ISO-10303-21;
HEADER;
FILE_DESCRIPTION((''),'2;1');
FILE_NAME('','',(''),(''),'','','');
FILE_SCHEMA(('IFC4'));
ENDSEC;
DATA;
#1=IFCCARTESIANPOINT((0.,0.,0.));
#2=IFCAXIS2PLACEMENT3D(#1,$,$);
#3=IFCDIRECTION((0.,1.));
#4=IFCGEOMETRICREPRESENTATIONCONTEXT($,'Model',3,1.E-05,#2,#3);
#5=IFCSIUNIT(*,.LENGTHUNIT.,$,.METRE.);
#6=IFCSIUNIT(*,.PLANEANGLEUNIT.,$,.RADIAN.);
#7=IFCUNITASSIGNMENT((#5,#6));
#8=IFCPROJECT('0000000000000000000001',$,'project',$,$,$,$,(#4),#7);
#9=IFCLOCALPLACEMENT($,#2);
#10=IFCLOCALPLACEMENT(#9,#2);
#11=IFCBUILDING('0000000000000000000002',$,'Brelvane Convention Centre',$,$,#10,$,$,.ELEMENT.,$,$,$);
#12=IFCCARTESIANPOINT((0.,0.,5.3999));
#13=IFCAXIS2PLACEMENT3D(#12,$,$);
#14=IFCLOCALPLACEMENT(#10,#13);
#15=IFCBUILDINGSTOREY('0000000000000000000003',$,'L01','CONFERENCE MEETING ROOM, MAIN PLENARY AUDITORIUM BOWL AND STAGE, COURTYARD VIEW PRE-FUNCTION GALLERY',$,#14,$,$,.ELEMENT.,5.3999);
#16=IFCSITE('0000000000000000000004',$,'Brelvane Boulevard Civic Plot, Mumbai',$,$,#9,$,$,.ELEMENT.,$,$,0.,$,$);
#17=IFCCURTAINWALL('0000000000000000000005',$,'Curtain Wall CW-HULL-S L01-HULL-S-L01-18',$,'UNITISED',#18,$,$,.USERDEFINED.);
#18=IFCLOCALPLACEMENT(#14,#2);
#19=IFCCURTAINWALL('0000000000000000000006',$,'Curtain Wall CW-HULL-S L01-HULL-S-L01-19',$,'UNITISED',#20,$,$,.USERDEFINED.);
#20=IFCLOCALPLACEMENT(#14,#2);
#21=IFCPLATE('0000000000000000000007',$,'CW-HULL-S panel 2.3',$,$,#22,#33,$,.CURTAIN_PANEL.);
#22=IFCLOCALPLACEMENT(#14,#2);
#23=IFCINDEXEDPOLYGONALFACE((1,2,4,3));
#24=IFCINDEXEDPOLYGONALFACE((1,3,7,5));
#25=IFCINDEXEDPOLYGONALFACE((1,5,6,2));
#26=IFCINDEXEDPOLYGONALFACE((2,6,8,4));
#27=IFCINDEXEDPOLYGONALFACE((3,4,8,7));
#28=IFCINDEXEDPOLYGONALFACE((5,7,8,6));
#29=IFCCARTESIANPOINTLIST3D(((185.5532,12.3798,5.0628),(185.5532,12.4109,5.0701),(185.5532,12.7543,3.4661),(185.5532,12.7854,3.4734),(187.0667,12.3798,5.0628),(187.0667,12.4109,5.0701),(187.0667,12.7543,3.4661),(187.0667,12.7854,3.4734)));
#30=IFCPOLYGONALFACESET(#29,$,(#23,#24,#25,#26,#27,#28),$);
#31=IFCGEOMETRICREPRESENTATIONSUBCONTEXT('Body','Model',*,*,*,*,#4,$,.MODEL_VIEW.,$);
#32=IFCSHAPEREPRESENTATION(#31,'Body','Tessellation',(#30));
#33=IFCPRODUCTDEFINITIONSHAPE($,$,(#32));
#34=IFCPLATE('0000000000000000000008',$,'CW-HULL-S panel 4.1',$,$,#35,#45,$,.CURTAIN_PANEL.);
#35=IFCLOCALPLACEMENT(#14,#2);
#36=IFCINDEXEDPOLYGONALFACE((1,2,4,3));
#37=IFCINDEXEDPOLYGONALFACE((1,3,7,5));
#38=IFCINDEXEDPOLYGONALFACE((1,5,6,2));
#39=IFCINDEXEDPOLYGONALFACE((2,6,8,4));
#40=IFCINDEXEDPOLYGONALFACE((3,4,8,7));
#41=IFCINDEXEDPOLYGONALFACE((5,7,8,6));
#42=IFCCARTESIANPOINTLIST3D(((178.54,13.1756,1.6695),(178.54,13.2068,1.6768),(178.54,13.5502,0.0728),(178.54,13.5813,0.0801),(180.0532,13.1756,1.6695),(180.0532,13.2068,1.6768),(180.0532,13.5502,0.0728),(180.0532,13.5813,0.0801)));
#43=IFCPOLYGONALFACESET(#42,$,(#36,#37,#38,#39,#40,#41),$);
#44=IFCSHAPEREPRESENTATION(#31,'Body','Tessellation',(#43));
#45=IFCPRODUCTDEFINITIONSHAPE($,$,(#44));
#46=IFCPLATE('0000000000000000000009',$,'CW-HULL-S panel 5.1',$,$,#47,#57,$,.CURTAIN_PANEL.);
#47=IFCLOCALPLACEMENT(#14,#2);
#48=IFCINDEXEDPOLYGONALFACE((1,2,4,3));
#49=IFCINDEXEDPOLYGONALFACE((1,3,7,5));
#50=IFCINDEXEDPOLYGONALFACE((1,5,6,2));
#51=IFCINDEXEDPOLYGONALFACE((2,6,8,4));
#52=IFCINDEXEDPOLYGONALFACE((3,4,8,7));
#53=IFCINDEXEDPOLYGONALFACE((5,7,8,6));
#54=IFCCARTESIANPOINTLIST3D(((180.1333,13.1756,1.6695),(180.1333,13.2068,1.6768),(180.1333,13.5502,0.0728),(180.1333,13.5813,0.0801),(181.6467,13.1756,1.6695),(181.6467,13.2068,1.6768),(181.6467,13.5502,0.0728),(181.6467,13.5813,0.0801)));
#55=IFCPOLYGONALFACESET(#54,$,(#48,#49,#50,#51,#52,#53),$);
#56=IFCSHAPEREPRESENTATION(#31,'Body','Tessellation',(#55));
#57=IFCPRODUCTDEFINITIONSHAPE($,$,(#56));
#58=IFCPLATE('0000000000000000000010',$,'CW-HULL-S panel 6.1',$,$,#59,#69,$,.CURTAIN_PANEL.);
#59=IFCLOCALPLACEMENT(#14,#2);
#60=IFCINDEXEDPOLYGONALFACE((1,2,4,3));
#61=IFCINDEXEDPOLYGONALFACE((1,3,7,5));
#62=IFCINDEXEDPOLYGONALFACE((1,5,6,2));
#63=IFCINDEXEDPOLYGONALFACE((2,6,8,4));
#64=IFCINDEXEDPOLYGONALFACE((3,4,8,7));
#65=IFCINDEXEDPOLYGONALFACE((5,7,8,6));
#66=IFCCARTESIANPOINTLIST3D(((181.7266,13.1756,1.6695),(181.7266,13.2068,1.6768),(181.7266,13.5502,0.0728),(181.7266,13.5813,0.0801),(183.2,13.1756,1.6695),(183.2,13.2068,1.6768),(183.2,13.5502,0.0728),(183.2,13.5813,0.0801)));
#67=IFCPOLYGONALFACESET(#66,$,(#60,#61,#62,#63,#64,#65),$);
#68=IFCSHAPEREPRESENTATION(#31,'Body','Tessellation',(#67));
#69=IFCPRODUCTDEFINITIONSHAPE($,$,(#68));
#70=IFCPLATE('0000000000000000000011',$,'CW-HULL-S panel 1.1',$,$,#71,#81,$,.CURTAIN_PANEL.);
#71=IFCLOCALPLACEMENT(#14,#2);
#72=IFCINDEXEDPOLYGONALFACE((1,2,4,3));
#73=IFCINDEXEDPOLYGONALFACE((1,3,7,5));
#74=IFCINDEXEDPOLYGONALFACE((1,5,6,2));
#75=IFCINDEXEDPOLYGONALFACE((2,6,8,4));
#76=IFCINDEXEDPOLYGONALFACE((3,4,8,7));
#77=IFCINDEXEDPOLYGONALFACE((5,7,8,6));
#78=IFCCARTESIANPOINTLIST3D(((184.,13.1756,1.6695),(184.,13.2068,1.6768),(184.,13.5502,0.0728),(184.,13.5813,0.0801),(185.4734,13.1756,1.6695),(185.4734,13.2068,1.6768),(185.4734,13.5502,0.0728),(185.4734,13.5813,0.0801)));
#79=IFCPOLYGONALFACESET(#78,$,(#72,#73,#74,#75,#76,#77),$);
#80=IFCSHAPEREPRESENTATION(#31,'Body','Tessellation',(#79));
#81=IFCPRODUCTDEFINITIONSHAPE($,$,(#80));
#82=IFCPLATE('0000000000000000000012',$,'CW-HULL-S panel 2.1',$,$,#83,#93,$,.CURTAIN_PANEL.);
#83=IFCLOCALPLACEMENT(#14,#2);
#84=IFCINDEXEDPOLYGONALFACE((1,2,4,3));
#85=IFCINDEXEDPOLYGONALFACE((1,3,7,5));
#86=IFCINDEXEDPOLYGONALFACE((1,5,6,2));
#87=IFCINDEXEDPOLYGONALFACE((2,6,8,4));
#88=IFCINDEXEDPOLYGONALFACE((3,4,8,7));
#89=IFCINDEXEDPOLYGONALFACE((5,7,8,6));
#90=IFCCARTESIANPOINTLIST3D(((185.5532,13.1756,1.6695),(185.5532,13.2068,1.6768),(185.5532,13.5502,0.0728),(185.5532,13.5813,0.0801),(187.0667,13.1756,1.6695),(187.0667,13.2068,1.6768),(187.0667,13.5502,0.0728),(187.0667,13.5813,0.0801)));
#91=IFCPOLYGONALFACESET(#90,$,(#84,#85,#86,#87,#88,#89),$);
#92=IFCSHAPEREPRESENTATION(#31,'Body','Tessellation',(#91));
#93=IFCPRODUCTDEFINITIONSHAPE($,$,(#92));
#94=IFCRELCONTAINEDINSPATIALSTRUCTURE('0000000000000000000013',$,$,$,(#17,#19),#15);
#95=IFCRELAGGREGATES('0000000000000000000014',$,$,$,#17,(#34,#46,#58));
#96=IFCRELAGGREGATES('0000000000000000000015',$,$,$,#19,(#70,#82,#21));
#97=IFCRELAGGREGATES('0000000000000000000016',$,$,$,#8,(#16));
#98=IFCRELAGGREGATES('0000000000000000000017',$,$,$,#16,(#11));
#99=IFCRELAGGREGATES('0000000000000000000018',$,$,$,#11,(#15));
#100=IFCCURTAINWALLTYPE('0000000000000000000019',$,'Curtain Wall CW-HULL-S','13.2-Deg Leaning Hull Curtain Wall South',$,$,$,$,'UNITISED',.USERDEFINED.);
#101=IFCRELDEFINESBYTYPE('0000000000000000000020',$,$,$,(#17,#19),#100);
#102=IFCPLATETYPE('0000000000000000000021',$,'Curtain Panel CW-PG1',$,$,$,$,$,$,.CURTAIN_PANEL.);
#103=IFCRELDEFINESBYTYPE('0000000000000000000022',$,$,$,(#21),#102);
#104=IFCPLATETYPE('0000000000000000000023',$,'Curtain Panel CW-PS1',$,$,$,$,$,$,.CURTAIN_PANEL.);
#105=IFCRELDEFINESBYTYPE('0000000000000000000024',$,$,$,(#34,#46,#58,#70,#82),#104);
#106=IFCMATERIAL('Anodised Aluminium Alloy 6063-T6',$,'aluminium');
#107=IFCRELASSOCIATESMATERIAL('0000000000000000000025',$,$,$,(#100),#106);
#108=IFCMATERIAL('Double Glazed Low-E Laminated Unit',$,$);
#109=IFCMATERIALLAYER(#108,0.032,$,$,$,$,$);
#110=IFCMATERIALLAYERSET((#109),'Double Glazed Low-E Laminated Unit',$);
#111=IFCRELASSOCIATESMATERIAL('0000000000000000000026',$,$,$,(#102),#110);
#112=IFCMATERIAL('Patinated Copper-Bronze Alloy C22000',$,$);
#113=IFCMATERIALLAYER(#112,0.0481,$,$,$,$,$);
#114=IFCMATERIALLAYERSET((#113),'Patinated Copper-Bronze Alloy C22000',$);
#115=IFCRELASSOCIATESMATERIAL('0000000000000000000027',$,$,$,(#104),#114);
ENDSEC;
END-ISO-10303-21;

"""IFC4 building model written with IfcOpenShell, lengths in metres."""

from ifc_helpers import new_model, si_unit, direction, frame, origin, place, context, subcontext, project, spatial, polyline, outline, extrude, material, layer, layer_set, type_object, element, aggregate, save


model = new_model("IFC4")

# Units and contexts
model_context = context("Model", 3, precision=1e-05, world=origin(), true_north=direction((0.0, 1.0)))
body_context = subcontext(model_context, "Body", "Model", "MODEL_VIEW")
ifc_project = project(units=[si_unit("LENGTHUNIT", "METRE"), si_unit("PLANEANGLEUNIT", "RADIAN")], contexts=[model_context])

# Site, building, storey
site_placement = place(None, origin())
site = spatial("IfcSite", under=ifc_project, at=site_placement, Name="Brelvane Boulevard Civic Plot, Mumbai", CompositionType="ELEMENT", RefElevation=0.0)
building_placement = place(site_placement, origin())
building = spatial("IfcBuilding", under=site, at=building_placement, Name="Brelvane Convention Centre", CompositionType="ELEMENT")
storey_placement = place(building_placement, frame((0.0, 0.0, 5.3999)))
storey = spatial("IfcBuildingStorey", under=building, at=storey_placement, Name="L01", Description="CONFERENCE MEETING ROOM, MAIN PLENARY AUDITORIUM BOWL AND STAGE, COURTYARD VIEW PRE-FUNCTION GALLERY", CompositionType="ELEMENT", Elevation=5.3999)

# Curtain walls
ifc_material_1 = material(Name="Anodised Aluminium Alloy 6063-T6", Category="aluminium")
curtain_wall_type = type_object("IfcCurtainWallType", Name="Curtain Wall CW-HULL-S", Description="13.2-Deg Leaning Hull Curtain Wall South", ElementType="UNITISED", PredefinedType="USERDEFINED", material=ifc_material_1)
curtain_wall_1_placement = place(storey_placement, origin())
curtain_wall_1 = element("IfcCurtainWall", 1, at=curtain_wall_1_placement, inside=storey, type_object=curtain_wall_type, Name="Curtain Wall CW-HULL-S L01-HULL-S-L01-18", ObjectType="UNITISED", PredefinedType="USERDEFINED")
curtain_wall_2_placement = place(storey_placement, origin())
curtain_wall_2 = element("IfcCurtainWall", 2, at=curtain_wall_2_placement, inside=storey, type_object=curtain_wall_type, Name="Curtain Wall CW-HULL-S L01-HULL-S-L01-19", ObjectType="UNITISED", PredefinedType="USERDEFINED")

# Plates
ifc_material_2 = material(Name="Double Glazed Low-E Laminated Unit")
ifc_layer_1 = layer(ifc_material_2, 0.032)
ifc_layer_set_1 = layer_set([ifc_layer_1], Name="Double Glazed Low-E Laminated Unit")
plate_type_1 = type_object("IfcPlateType", Name="Curtain Panel CW-PG1", PredefinedType="CURTAIN_PANEL", material=ifc_layer_set_1)
plate_1_placement = place(storey_placement, frame((185.5532, 12.7854, 3.4734), z_axis=(0.0, 0.973577, 0.228359), x_axis=(1.0, 0.0, 0.0)))
plate_1 = element("IfcPlate", 3, at=plate_1_placement, type_object=plate_type_1, Name="CW-HULL-S panel 2.3", PredefinedType="CURTAIN_PANEL", context=body_context, shape_type="SweptSolid", body=[
    extrude(outline(polyline([(0.0, 0.0), (1.5134, 0.0), (1.5134, -1.64), (0.0, -1.64), (0.0, 0.0)])), origin(), (0.0, 0.0, -1.0), 0.032),
])
ifc_material_3 = material(Name="Patinated Copper-Bronze Alloy C22000")
ifc_layer_2 = layer(ifc_material_3, 0.0481)
ifc_layer_set_2 = layer_set([ifc_layer_2], Name="Patinated Copper-Bronze Alloy C22000")
plate_type_2 = type_object("IfcPlateType", Name="Curtain Panel CW-PS1", PredefinedType="CURTAIN_PANEL", material=ifc_layer_set_2)
plate_2_placement = place(storey_placement, frame((178.54, 13.5813, 0.0801), z_axis=(0.0, 0.973577, 0.228359), x_axis=(1.0, 0.0, 0.0)))
plate_2 = element("IfcPlate", 4, at=plate_2_placement, type_object=plate_type_2, Name="CW-HULL-S panel 4.1", PredefinedType="CURTAIN_PANEL", context=body_context, shape_type="SweptSolid", body=[
    extrude(outline(polyline([(0.0, 0.0), (1.5132, 0.0), (1.5132, -1.64), (0.0, -1.64), (0.0, 0.0)])), origin(), (0.0, 0.0, -1.0), 0.032),
])
plate_3_placement = place(storey_placement, frame((180.1333, 13.5813, 0.0801), z_axis=(0.0, 0.973577, 0.228359), x_axis=(1.0, 0.0, 0.0)))
plate_3 = element("IfcPlate", 5, at=plate_3_placement, type_object=plate_type_2, Name="CW-HULL-S panel 5.1", PredefinedType="CURTAIN_PANEL", context=body_context, shape_type="SweptSolid", body=[
    extrude(outline(polyline([(0.0, 0.0), (1.5134, 0.0), (1.5134, -1.64), (0.0, -1.64), (0.0, 0.0)])), origin(), (0.0, 0.0, -1.0), 0.032),
])
plate_4_placement = place(storey_placement, frame((181.7266, 13.5813, 0.0801), z_axis=(0.0, 0.973577, 0.228359), x_axis=(1.0, 0.0, 0.0)))
plate_4 = element("IfcPlate", 6, at=plate_4_placement, type_object=plate_type_2, Name="CW-HULL-S panel 6.1", PredefinedType="CURTAIN_PANEL", context=body_context, shape_type="SweptSolid", body=[
    extrude(outline(polyline([(0.0, 0.0), (1.4734, 0.0), (1.4734, -1.64), (0.0, -1.64), (0.0, 0.0)])), origin(), (0.0, 0.0, -1.0), 0.032),
])
aggregate(curtain_wall_1, [plate_2, plate_3, plate_4])
plate_5_placement = place(storey_placement, frame((184.0, 13.5813, 0.0801), z_axis=(0.0, 0.973577, 0.228359), x_axis=(1.0, 0.0, 0.0)))
plate_5 = element("IfcPlate", 7, at=plate_5_placement, type_object=plate_type_2, Name="CW-HULL-S panel 1.1", PredefinedType="CURTAIN_PANEL", context=body_context, shape_type="SweptSolid", body=[
    extrude(outline(polyline([(0.0, 0.0), (1.4734, 0.0), (1.4734, -1.64), (0.0, -1.64), (0.0, 0.0)])), origin(), (0.0, 0.0, -1.0), 0.032),
])
plate_6_placement = place(storey_placement, frame((185.5532, 13.5813, 0.0801), z_axis=(0.0, 0.973577, 0.228359), x_axis=(1.0, 0.0, 0.0)))
plate_6 = element("IfcPlate", 8, at=plate_6_placement, type_object=plate_type_2, Name="CW-HULL-S panel 2.1", PredefinedType="CURTAIN_PANEL", context=body_context, shape_type="SweptSolid", body=[
    extrude(outline(polyline([(0.0, 0.0), (1.5134, 0.0), (1.5134, -1.64), (0.0, -1.64), (0.0, 0.0)])), origin(), (0.0, 0.0, -1.0), 0.032),
])
aggregate(curtain_wall_2, [plate_5, plate_6, plate_1])

save(model, "model.ifc")
